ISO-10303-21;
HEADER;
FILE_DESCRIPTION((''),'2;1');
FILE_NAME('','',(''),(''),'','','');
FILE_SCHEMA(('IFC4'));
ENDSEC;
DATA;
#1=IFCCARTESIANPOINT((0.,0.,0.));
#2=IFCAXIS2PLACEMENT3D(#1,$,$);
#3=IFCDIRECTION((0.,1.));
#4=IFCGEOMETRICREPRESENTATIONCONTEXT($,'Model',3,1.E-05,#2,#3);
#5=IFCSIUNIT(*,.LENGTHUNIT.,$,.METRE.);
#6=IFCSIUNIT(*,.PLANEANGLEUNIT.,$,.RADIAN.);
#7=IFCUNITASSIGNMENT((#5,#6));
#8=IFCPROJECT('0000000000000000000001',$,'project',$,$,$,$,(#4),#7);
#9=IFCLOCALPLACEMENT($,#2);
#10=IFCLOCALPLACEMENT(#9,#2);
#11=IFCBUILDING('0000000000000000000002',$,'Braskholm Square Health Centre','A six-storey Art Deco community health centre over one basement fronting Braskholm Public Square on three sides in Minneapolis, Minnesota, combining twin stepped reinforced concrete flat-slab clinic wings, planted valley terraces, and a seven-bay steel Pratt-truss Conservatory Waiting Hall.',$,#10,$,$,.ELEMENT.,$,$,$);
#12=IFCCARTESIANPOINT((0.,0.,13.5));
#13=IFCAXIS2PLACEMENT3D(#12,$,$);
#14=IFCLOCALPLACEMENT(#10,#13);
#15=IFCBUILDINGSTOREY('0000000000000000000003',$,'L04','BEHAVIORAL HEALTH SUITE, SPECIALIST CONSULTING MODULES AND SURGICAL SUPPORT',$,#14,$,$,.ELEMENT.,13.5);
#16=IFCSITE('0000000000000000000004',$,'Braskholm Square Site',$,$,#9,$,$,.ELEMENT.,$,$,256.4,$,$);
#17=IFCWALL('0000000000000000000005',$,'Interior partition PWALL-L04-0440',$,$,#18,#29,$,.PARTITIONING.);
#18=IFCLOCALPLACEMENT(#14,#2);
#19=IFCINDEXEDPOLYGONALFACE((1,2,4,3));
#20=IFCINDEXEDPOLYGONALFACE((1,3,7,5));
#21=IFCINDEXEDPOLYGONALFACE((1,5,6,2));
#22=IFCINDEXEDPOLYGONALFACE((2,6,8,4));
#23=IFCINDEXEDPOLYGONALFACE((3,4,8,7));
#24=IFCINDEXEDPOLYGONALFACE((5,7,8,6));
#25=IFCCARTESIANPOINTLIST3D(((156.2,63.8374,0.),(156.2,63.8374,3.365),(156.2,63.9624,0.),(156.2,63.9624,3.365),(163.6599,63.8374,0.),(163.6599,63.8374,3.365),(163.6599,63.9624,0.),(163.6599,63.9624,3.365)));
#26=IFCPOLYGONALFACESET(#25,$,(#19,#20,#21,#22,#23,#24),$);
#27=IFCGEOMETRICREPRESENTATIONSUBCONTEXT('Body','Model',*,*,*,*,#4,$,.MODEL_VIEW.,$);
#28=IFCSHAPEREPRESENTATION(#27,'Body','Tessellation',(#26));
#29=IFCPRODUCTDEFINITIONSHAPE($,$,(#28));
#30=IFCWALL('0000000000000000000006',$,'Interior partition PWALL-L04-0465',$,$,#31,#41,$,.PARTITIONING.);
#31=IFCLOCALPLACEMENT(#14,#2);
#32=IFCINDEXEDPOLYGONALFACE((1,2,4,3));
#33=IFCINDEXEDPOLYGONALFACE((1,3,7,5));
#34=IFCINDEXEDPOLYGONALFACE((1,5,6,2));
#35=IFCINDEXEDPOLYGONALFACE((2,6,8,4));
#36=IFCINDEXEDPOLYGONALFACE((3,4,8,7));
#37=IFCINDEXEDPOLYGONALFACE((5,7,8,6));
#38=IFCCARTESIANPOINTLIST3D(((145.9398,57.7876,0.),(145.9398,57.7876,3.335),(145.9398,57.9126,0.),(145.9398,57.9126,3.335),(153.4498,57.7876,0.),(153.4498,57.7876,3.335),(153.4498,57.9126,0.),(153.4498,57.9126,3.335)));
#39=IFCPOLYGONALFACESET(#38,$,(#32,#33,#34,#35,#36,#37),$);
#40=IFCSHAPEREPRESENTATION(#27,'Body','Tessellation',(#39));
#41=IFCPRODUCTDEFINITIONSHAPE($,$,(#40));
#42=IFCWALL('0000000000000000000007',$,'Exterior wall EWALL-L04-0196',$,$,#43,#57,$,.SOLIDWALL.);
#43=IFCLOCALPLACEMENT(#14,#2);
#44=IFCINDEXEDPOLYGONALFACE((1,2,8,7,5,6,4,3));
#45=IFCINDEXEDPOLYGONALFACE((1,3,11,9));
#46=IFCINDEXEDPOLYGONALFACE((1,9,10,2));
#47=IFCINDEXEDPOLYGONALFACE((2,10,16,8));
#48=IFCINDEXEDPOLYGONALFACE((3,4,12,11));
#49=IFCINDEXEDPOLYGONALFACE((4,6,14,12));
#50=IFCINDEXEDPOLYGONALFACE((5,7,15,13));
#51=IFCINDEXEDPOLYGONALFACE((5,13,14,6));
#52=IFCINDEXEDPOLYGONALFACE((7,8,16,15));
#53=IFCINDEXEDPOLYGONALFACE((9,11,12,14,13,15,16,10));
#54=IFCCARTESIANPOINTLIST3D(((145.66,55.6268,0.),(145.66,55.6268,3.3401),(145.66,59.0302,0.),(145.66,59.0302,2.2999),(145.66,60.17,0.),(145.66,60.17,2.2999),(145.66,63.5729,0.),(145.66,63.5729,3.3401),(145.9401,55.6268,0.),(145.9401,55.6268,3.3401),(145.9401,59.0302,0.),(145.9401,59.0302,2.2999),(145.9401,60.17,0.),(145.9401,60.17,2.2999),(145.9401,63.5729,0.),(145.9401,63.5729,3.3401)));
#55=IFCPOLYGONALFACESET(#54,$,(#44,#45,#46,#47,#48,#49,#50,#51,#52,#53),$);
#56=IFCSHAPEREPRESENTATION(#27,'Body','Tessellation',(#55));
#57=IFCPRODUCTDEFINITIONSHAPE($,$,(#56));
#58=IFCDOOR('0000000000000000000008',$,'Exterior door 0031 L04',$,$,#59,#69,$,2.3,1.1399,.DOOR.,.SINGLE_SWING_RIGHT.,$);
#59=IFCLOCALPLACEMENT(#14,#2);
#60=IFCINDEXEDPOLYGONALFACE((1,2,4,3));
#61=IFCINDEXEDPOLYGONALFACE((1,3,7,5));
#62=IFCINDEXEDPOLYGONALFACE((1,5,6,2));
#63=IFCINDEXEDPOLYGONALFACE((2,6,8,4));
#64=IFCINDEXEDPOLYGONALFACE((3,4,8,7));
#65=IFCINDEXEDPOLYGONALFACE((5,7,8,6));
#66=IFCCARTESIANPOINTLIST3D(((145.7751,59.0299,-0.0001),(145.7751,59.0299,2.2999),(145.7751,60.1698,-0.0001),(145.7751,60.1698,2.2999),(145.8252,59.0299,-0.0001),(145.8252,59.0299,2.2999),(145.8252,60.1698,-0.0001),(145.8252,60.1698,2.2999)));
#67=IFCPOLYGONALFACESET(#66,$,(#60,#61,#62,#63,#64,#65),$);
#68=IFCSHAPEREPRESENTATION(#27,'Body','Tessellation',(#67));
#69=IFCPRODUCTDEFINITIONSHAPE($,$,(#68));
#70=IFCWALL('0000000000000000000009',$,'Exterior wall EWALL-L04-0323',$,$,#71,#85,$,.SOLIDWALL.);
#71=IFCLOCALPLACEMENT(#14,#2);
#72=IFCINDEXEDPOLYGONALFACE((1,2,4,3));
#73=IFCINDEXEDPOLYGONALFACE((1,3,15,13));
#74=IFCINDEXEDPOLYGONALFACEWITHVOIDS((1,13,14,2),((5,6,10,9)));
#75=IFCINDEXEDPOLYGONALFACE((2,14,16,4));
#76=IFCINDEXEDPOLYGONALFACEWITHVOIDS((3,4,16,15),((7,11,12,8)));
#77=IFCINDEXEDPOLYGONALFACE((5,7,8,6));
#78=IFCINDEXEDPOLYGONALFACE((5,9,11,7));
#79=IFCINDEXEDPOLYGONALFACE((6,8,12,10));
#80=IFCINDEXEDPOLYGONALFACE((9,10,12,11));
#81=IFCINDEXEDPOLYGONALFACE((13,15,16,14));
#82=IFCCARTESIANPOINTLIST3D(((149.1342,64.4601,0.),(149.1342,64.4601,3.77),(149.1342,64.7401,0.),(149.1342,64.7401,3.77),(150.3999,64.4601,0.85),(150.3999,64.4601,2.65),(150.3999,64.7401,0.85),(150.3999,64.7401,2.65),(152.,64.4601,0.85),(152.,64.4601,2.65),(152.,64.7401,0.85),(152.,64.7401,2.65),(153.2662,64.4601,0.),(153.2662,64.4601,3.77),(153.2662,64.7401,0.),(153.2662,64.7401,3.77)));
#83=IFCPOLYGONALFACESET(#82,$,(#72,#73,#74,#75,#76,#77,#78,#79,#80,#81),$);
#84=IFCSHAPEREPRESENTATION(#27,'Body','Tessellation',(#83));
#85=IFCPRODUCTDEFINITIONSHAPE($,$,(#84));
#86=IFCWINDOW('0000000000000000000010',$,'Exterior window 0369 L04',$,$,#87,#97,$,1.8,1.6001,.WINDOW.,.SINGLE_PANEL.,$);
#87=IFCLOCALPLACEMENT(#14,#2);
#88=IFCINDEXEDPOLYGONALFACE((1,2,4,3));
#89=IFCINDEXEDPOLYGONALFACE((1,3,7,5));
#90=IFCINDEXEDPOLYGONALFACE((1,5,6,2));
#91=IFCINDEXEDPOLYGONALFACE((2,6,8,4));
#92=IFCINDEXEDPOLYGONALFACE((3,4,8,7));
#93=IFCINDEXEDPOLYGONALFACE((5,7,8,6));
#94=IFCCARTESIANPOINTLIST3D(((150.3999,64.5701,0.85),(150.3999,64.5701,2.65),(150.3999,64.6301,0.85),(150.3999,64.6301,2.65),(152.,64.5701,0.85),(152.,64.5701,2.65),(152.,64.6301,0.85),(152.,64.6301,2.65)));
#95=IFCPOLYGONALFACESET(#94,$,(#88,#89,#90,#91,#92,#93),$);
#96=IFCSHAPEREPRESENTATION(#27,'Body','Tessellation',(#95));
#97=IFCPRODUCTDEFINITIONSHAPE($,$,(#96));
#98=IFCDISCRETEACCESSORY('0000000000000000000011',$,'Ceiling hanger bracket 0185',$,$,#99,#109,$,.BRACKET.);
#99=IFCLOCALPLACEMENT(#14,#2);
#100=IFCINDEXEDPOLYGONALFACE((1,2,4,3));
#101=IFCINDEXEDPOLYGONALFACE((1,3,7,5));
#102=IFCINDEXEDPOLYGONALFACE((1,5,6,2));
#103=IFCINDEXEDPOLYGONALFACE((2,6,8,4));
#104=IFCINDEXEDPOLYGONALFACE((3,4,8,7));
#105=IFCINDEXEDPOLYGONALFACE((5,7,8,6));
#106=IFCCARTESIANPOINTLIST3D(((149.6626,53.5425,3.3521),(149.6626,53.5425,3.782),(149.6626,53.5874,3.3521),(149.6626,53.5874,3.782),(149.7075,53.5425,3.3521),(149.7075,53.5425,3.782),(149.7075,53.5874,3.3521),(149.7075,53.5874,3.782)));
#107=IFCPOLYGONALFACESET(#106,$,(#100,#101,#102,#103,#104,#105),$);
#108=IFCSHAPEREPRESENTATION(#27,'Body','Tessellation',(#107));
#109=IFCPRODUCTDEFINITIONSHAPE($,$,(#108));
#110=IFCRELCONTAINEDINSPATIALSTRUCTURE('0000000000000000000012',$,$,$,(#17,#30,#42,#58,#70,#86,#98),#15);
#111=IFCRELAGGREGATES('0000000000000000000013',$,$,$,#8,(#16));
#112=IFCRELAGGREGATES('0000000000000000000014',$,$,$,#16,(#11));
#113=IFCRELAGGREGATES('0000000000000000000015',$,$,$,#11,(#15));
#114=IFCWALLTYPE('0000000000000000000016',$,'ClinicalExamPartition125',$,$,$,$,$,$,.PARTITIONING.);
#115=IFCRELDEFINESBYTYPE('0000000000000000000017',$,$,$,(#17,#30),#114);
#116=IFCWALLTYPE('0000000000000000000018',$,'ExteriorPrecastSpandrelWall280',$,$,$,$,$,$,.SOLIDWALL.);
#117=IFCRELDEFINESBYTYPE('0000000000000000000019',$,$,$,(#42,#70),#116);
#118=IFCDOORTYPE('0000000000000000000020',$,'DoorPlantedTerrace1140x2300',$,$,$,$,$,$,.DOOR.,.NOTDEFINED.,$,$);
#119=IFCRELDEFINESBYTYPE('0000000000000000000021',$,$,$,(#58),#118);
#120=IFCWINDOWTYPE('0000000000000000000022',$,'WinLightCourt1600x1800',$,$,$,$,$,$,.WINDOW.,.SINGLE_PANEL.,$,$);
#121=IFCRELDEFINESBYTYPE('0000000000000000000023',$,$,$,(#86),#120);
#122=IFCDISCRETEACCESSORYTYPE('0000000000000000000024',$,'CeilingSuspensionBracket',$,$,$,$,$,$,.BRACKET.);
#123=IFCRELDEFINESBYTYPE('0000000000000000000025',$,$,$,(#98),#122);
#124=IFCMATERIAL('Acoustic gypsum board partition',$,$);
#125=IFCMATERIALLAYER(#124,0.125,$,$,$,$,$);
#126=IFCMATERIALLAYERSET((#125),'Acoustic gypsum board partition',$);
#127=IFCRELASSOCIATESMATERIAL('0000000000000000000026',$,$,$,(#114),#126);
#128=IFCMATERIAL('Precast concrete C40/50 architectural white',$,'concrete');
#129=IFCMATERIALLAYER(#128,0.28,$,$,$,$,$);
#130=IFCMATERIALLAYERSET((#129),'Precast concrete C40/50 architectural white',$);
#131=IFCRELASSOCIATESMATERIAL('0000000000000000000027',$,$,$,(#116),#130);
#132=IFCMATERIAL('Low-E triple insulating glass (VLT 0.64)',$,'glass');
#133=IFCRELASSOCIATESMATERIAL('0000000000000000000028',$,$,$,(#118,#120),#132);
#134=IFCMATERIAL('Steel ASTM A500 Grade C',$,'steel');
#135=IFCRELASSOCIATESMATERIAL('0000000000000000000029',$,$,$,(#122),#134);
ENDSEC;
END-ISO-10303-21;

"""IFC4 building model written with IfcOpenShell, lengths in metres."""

from ifc_helpers import new_model, si_unit, direction, frame, frame_2d, origin, origin_with_axes, origin_2d, place, context, subcontext, project, spatial, rectangle, extrude, material, layer, layer_set, type_object, element, fill, save


model = new_model("IFC4")

# Units and contexts
model_context = context("Model", 3, precision=1e-05, world=origin(), true_north=direction((0.0, 1.0)))
body_context = subcontext(model_context, "Body", "Model", "MODEL_VIEW")
ifc_project = project(units=[si_unit("LENGTHUNIT", "METRE"), si_unit("PLANEANGLEUNIT", "RADIAN")], contexts=[model_context])

# Site, building, storey
site_placement = place(None, origin())
site = spatial("IfcSite", under=ifc_project, at=site_placement, Name="Braskholm Square Site", CompositionType="ELEMENT", RefElevation=256.4)
building_placement = place(site_placement, origin())
building = spatial("IfcBuilding", under=site, at=building_placement, Name="Braskholm Square Health Centre", Description="A six-storey Art Deco community health centre over one basement fronting Braskholm Public Square on three sides in Minneapolis, Minnesota, combining twin stepped reinforced concrete flat-slab clinic wings, planted valley terraces, and a seven-bay steel Pratt-truss Conservatory Waiting Hall.", CompositionType="ELEMENT")
storey_placement = place(building_placement, frame((0.0, 0.0, 13.5)))
storey = spatial("IfcBuildingStorey", under=building, at=storey_placement, Name="L04", Description="BEHAVIORAL HEALTH SUITE, SPECIALIST CONSULTING MODULES AND SURGICAL SUPPORT", CompositionType="ELEMENT", Elevation=13.5)

# Shared definitions
ifc_material_1 = material(Name="Low-E triple insulating glass (VLT 0.64)", Category="glass")

# Shared definitions
ifc_material_2 = material(Name="Precast concrete C40/50 architectural white", Category="concrete")

# Shared definitions
ifc_material_3 = material(Name="Acoustic gypsum board partition")
ifc_layer_1 = layer(ifc_material_3, 0.125)
ifc_layer_set_1 = layer_set([ifc_layer_1], Name="Acoustic gypsum board partition")
wall_type_1 = type_object("IfcWallType", Name="ClinicalExamPartition125", PredefinedType="PARTITIONING", material=ifc_layer_set_1)

# Walls
wall_1_placement = place(storey_placement, frame((156.2, 63.8999, 0.0), z_axis=(0.0, 0.0, 1.0), x_axis=(1.0, 0.0, 0.0)))
element("IfcWall", 1, at=wall_1_placement, inside=storey, type_object=wall_type_1, Name="Interior partition PWALL-L04-0440", PredefinedType="PARTITIONING", context=body_context, shape_type="SweptSolid", body=[
    extrude(rectangle(XDim=7.46, YDim=0.125, at=frame_2d((3.73, 0.0))), origin(), (0.0, 0.0, 1.0), 3.365),
])
wall_2_placement = place(storey_placement, frame((145.9399, 57.8501, 0.0), z_axis=(0.0, 0.0, 1.0), x_axis=(1.0, 0.0, 0.0)))
element("IfcWall", 2, at=wall_2_placement, inside=storey, type_object=wall_type_1, Name="Interior partition PWALL-L04-0465", PredefinedType="PARTITIONING", context=body_context, shape_type="SweptSolid", body=[
    extrude(rectangle(XDim=7.51, YDim=0.125, at=frame_2d((3.7549, 0.0))), origin(), (0.0, 0.0, 1.0), 3.335),
])

# Wall, opening, door
ifc_layer_2 = layer(ifc_material_2, 0.28)
ifc_layer_set_2 = layer_set([ifc_layer_2], Name="Precast concrete C40/50 architectural white")
wall_type_2 = type_object("IfcWallType", Name="ExteriorPrecastSpandrelWall280", PredefinedType="SOLIDWALL", material=ifc_layer_set_2)
wall_3_placement = place(storey_placement, frame((145.8, 63.573, 0.0), z_axis=(0.0, 0.0, 1.0), x_axis=(0.0, -1.0, 0.0)))
wall_3 = element("IfcWall", 3, at=wall_3_placement, inside=storey, type_object=wall_type_2, Name="Exterior wall EWALL-L04-0196", PredefinedType="SOLIDWALL", context=body_context, shape_type="SweptSolid", body=[
    extrude(rectangle(XDim=7.946, YDim=0.28, at=frame_2d((3.9731, 0.0))), origin(), (0.0, 0.0, 1.0), 3.3401),
])
opening_1_placement = place(wall_3_placement, frame((3.4031, 0.0, 0.0)))
opening_1 = element("IfcOpeningElement", 4, at=opening_1_placement, cuts=wall_3, PredefinedType="OPENING", context=body_context, shape_type="SweptSolid", body=[
    extrude(rectangle(XDim=1.1399, YDim=2.3, at=frame_2d((0.5698, 1.1499))), frame((0.0, 0.1499, 0.0), z_axis=(0.0, -1.0, 0.0), x_axis=(1.0, 0.0, 0.0)), (0.0, 0.0, 1.0), 0.3),
])
door_type_1 = type_object("IfcDoorType", Name="DoorPlantedTerrace1140x2300", OperationType="NOTDEFINED", PredefinedType="DOOR", material=ifc_material_1)
door_1_placement = place(opening_1_placement, frame((1.1399, 0.0, 0.0), z_axis=(0.0, 0.0, 1.0), x_axis=(-1.0, 0.0, 0.0)))
door_1 = element("IfcDoor", 5, at=door_1_placement, inside=storey, type_object=door_type_1, Name="Exterior door 0031 L04", OperationType="SINGLE_SWING_RIGHT", OverallHeight=2.3, OverallWidth=1.1399, PredefinedType="DOOR", context=body_context, shape_type="SweptSolid", body=[
    extrude(rectangle(XDim=1.1399, YDim=2.3, at=frame_2d((0.5698, 1.1499))), frame((0.0, 0.0249, 0.0), z_axis=(0.0, -1.0, 0.0), x_axis=(1.0, 0.0, 0.0)), (0.0, 0.0, 1.0), 0.05),
])
fill(opening_1, door_1)

# Wall, opening, window
wall_4_placement = place(storey_placement, frame((153.2661, 64.6001, 0.0), z_axis=(0.0, 0.0, 1.0), x_axis=(-1.0, 0.0, 0.0)))
wall_4 = element("IfcWall", 6, at=wall_4_placement, inside=storey, type_object=wall_type_2, Name="Exterior wall EWALL-L04-0323", PredefinedType="SOLIDWALL", context=body_context, shape_type="SweptSolid", body=[
    extrude(rectangle(XDim=4.1321, YDim=0.28, at=frame_2d((2.0659, 0.0))), origin(), (0.0, 0.0, 1.0), 3.77),
])
opening_2_placement = place(wall_4_placement, frame((1.2661, 0.0, 0.8501)))
opening_2 = element("IfcOpeningElement", 7, at=opening_2_placement, cuts=wall_4, PredefinedType="OPENING", context=body_context, shape_type="SweptSolid", body=[
    extrude(rectangle(XDim=1.6001, YDim=1.8, at=frame_2d((0.8, 0.8999))), frame((0.0, 0.1499, 0.0), z_axis=(0.0, -1.0, 0.0), x_axis=(1.0, 0.0, 0.0)), (0.0, 0.0, 1.0), 0.3),
])
window_type = type_object("IfcWindowType", Name="WinLightCourt1600x1800", PartitioningType="SINGLE_PANEL", PredefinedType="WINDOW", material=ifc_material_1)
window_placement = place(opening_2_placement, origin_with_axes())
window = element("IfcWindow", 8, at=window_placement, inside=storey, type_object=window_type, Name="Exterior window 0369 L04", OverallHeight=1.8, OverallWidth=1.6001, PartitioningType="SINGLE_PANEL", PredefinedType="WINDOW", context=body_context, shape_type="SweptSolid", body=[
    extrude(rectangle(XDim=1.6001, YDim=1.8, at=frame_2d((0.8, 0.8999))), frame((0.0, 0.03, 0.0), z_axis=(0.0, -1.0, 0.0), x_axis=(1.0, 0.0, 0.0)), (0.0, 0.0, 1.0), 0.0601),
])
fill(opening_2, window)

# Discrete accessory
ifc_material_4 = material(Name="Steel ASTM A500 Grade C", Category="steel")
discrete_accessory_type = type_object("IfcDiscreteAccessoryType", Name="CeilingSuspensionBracket", PredefinedType="BRACKET", material=ifc_material_4)
discrete_accessory_placement = place(storey_placement, frame((149.6851, 53.5649, 3.3521), z_axis=(0.0, 0.0, 1.0), x_axis=(1.0, 0.0, 0.0)))
element("IfcDiscreteAccessory", 9, at=discrete_accessory_placement, inside=storey, type_object=discrete_accessory_type, Name="Ceiling hanger bracket 0185", PredefinedType="BRACKET", context=body_context, shape_type="SweptSolid", body=[
    extrude(rectangle(XDim=0.0449, YDim=0.0449, at=origin_2d()), origin(), (0.0, 0.0, 1.0), 0.4299),
])

save(model, "model.ifc")
